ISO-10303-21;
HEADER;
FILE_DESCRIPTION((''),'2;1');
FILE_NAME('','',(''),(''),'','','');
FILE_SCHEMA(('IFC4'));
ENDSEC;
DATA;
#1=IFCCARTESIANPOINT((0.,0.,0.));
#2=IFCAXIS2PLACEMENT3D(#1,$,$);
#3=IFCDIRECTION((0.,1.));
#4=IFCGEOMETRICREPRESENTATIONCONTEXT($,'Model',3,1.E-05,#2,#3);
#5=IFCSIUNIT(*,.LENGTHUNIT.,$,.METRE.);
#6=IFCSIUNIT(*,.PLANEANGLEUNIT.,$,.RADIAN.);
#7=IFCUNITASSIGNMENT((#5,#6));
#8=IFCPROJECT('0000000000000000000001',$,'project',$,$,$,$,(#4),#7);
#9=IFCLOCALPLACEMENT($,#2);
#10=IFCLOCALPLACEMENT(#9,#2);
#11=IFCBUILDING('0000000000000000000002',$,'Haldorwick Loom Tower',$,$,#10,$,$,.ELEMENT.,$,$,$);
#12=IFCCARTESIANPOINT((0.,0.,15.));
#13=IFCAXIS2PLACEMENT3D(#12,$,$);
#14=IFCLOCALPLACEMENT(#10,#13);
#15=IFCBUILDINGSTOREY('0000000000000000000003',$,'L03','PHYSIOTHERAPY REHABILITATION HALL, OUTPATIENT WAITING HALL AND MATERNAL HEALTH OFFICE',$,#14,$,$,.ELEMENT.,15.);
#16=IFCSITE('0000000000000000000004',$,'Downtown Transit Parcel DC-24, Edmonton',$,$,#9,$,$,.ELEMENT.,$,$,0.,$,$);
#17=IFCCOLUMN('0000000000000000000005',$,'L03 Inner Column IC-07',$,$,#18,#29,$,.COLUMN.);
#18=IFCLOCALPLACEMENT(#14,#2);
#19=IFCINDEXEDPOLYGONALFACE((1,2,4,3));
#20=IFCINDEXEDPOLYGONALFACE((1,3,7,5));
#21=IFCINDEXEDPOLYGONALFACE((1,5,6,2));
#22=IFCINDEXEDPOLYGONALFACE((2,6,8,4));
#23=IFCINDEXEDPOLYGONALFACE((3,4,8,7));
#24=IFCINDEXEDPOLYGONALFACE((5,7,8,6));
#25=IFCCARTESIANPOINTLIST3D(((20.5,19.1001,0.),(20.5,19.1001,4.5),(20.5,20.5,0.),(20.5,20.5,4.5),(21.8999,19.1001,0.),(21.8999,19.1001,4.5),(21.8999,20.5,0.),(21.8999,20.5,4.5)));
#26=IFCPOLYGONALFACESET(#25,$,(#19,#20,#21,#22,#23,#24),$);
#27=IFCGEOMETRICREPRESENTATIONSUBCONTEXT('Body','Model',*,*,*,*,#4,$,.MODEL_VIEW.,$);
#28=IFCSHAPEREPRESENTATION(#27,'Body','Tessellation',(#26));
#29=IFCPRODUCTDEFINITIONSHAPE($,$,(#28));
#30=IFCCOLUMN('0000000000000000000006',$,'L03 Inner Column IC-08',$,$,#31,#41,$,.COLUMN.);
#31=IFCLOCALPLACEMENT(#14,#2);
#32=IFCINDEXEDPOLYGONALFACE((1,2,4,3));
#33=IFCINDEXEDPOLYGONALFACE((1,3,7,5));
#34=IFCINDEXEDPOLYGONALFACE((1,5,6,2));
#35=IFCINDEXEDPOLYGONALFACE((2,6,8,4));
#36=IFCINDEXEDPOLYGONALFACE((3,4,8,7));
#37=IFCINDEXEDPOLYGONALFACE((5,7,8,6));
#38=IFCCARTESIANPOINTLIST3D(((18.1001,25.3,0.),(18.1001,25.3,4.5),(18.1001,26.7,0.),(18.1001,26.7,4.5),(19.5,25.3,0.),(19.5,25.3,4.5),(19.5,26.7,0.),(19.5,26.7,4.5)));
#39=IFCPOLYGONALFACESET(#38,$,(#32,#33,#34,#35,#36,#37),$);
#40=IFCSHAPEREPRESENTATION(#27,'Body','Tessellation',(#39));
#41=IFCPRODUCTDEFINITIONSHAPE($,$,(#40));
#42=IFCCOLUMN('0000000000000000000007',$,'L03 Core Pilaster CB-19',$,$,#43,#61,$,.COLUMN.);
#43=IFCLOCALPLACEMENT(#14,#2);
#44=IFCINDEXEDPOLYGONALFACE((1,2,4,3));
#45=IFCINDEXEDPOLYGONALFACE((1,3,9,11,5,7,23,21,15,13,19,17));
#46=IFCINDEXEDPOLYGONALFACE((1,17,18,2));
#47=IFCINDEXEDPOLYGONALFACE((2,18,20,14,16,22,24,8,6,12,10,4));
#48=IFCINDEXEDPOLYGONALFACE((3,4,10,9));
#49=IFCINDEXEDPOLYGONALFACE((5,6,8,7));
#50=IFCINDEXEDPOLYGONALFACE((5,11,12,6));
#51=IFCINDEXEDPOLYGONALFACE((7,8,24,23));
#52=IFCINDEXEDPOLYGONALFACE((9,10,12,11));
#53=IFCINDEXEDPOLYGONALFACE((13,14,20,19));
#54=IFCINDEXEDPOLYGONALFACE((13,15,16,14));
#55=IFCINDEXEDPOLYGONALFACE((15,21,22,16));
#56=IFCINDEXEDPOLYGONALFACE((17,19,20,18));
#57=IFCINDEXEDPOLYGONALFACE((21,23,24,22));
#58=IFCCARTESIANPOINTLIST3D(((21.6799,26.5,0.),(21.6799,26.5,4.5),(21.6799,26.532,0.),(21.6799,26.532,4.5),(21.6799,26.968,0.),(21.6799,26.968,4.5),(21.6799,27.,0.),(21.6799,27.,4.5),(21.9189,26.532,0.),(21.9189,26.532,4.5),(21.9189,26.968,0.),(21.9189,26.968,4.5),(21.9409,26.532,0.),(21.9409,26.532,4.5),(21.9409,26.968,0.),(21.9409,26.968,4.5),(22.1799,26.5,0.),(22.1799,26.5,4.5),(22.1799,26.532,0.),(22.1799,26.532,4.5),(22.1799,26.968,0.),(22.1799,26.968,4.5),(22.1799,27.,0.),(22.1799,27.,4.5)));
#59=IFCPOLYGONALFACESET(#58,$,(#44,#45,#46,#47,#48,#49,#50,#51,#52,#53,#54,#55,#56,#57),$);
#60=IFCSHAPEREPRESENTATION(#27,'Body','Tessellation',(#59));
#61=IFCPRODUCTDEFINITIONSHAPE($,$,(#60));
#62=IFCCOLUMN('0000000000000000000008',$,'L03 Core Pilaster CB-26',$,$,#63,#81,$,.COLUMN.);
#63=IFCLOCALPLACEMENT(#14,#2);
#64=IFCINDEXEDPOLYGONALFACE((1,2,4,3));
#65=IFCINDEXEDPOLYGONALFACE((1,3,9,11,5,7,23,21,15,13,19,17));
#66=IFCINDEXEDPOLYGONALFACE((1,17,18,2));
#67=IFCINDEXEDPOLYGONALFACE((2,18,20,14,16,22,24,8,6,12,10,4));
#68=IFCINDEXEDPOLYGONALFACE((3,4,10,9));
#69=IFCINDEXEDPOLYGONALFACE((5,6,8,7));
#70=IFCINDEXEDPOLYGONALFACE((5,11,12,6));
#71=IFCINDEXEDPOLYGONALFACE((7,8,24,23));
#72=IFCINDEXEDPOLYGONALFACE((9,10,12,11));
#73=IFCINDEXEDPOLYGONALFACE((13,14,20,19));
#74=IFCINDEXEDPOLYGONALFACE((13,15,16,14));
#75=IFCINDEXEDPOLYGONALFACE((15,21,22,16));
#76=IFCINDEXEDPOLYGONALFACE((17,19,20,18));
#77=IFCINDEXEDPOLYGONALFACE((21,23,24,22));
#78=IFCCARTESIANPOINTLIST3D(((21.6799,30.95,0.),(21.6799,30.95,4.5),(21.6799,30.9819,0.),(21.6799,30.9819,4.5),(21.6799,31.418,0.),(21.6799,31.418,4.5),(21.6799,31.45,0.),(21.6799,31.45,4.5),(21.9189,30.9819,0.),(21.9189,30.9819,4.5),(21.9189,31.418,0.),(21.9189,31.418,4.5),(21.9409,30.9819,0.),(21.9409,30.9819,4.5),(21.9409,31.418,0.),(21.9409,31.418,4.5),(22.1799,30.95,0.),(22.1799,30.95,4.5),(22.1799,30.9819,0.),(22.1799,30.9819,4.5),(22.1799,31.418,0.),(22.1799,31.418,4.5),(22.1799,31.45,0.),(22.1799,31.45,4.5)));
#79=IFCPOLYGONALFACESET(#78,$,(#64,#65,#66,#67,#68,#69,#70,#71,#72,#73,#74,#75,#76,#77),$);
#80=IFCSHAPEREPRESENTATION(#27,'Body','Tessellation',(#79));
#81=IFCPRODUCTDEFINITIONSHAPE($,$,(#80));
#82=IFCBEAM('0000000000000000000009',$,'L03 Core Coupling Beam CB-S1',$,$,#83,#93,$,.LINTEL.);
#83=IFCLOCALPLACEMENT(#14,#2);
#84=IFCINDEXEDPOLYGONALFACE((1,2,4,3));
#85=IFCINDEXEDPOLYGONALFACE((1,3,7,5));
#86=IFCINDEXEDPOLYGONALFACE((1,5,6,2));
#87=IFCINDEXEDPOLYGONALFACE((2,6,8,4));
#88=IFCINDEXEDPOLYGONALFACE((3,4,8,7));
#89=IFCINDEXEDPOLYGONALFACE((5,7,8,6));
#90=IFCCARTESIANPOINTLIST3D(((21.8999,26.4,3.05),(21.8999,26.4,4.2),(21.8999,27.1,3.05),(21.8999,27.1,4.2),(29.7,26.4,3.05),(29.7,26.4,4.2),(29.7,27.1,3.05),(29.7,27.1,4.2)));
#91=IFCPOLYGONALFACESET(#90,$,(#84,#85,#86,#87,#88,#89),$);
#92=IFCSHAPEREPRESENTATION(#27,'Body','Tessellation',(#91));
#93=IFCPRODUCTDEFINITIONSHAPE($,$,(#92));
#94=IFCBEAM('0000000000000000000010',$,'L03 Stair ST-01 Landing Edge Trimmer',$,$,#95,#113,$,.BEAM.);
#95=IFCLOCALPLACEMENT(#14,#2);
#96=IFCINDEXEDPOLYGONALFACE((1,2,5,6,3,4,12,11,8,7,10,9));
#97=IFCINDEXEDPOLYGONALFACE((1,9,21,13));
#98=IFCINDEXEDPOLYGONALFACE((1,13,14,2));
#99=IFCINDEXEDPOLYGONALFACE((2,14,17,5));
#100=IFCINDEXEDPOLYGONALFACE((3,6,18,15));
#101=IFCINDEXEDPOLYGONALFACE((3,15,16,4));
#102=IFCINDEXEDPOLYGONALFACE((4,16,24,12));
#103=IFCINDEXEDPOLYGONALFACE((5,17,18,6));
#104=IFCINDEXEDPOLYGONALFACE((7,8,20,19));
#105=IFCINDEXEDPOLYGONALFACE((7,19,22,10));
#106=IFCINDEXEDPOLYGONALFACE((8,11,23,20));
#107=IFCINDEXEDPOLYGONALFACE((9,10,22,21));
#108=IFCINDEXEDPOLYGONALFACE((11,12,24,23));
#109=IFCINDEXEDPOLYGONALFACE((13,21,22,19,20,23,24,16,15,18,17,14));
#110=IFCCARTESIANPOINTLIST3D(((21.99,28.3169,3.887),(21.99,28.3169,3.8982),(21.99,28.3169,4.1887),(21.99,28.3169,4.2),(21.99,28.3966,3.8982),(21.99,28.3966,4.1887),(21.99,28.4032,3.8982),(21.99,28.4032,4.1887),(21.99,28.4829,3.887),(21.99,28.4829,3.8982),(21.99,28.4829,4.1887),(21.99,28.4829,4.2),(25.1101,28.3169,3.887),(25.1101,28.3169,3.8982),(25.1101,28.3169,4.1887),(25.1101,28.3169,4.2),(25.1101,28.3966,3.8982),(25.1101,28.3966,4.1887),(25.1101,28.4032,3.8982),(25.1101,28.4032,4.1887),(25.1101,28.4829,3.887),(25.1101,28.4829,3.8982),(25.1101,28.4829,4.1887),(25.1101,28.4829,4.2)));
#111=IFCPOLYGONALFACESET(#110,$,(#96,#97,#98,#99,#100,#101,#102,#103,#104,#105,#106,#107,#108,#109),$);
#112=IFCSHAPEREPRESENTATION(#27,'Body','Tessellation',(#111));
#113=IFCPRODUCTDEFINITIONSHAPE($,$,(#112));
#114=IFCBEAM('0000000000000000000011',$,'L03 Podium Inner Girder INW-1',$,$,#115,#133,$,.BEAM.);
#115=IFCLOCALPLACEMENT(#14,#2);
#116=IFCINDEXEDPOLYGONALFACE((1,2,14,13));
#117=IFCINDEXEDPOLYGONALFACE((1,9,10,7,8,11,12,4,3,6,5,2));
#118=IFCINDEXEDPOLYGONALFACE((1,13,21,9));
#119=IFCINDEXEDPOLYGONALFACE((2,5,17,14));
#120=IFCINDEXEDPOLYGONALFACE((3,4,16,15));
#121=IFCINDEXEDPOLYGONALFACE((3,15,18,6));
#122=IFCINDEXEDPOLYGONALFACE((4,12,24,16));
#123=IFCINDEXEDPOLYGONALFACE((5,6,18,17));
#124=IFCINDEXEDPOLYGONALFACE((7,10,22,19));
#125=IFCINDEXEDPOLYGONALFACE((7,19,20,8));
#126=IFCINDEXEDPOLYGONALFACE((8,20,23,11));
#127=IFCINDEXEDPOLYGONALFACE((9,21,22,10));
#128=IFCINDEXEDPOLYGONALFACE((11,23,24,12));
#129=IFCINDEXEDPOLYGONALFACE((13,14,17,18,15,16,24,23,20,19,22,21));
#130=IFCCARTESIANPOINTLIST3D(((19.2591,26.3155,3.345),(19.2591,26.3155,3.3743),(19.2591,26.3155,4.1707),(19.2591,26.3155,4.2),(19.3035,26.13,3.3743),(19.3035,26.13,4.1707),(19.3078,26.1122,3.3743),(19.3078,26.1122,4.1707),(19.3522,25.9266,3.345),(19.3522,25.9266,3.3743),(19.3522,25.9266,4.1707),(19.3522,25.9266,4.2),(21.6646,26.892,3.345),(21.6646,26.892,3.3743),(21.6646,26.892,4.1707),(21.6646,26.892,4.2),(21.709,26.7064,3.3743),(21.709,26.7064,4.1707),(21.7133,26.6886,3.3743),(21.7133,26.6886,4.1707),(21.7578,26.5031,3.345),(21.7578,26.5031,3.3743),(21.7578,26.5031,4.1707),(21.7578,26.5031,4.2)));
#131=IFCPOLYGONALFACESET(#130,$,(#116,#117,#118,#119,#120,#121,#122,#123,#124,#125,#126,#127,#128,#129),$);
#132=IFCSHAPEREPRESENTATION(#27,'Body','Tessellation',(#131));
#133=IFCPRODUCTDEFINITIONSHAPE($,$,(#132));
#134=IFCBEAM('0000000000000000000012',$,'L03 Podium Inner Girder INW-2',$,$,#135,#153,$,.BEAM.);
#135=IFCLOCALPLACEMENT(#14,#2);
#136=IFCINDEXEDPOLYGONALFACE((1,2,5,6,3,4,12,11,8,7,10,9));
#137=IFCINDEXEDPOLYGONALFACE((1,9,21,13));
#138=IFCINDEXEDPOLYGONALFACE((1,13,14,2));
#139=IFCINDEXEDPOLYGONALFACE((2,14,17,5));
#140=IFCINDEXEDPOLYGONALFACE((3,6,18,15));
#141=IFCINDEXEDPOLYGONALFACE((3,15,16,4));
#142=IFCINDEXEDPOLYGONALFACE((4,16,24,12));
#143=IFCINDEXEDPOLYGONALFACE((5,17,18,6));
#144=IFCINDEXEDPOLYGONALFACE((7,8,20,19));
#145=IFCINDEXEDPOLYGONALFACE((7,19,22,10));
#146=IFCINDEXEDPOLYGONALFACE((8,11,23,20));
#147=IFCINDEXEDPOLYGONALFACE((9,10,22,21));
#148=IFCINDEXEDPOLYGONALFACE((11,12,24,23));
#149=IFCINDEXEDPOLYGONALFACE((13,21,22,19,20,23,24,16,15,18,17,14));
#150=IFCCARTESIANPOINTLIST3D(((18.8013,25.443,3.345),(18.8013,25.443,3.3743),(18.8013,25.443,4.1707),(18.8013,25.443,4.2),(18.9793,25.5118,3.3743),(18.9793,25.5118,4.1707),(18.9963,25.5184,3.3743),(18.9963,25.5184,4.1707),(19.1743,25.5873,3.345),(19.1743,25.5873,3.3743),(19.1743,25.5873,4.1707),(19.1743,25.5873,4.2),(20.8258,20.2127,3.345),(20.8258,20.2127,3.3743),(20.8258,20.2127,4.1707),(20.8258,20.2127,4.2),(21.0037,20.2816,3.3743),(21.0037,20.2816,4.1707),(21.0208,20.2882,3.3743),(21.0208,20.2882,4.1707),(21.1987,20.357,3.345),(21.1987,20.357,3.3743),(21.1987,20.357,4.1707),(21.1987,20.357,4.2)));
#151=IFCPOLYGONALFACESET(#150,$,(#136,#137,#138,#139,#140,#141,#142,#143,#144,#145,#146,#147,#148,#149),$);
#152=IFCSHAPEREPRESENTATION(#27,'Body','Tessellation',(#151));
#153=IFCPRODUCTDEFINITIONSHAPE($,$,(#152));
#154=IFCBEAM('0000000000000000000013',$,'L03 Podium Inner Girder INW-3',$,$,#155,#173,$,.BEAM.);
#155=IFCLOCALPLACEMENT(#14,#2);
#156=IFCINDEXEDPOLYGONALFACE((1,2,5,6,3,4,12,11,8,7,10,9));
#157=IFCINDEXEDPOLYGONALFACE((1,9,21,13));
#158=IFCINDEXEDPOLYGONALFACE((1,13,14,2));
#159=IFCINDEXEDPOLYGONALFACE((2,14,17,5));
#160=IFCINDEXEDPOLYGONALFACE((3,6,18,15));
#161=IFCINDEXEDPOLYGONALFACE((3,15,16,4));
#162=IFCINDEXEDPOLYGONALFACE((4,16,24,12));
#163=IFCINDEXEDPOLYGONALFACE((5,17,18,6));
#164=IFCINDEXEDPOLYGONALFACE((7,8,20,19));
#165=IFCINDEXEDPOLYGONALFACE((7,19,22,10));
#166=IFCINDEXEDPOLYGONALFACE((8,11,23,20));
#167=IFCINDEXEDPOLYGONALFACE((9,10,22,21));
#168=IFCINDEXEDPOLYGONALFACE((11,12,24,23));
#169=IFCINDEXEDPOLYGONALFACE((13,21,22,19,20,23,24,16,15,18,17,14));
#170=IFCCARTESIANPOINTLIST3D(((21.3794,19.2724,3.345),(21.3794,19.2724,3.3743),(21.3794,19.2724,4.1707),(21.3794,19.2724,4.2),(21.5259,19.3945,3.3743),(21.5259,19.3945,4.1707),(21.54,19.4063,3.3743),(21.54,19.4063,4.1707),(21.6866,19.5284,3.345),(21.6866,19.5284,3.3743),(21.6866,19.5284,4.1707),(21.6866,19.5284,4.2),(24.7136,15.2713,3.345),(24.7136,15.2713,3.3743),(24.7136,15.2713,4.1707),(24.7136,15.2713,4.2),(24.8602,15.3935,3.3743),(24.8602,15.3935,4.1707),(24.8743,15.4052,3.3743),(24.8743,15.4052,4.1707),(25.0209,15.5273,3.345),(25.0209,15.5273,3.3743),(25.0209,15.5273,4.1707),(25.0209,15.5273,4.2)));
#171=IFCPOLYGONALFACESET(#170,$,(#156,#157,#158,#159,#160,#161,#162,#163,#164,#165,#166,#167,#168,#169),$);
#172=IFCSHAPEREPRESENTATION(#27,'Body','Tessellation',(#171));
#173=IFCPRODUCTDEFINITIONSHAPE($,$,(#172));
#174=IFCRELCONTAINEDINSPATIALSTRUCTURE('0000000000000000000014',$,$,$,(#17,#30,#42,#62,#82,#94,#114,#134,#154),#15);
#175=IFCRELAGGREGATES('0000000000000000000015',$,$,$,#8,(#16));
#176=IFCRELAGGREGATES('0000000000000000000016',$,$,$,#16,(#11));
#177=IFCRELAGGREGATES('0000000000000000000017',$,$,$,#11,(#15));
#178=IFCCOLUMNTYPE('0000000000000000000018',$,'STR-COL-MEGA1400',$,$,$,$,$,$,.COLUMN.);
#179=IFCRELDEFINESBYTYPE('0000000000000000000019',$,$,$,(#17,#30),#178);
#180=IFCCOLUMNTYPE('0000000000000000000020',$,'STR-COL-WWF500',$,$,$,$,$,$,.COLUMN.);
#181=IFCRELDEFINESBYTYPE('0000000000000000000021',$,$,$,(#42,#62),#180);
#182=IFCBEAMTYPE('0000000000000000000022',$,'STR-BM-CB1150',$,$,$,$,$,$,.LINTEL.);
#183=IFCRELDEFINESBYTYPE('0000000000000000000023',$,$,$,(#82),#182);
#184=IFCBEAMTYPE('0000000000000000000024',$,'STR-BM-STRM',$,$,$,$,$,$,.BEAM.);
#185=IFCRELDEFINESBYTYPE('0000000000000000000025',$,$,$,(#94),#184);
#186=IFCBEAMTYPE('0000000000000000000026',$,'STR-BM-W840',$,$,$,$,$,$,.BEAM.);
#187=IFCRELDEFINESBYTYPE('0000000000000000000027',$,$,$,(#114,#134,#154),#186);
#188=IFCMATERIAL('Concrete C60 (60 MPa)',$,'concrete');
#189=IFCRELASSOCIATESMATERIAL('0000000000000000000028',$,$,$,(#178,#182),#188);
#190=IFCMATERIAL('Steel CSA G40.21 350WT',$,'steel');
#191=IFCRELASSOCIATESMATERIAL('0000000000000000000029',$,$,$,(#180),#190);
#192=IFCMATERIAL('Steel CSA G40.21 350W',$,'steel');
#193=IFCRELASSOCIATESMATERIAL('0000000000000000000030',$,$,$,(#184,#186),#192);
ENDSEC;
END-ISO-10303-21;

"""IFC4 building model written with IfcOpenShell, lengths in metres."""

from ifc_helpers import new_model, si_unit, direction, frame, origin, origin_2d, place, context, subcontext, project, spatial, rectangle, i_section, extrude, material, material_profile, profile_set, type_object, element, save


model = new_model("IFC4")

# Units and contexts
model_context = context("Model", 3, precision=1e-05, world=origin(), true_north=direction((0.0, 1.0)))
body_context = subcontext(model_context, "Body", "Model", "MODEL_VIEW")
ifc_project = project(units=[si_unit("LENGTHUNIT", "METRE"), si_unit("PLANEANGLEUNIT", "RADIAN")], contexts=[model_context])

# Site, building, storey
site_placement = place(None, origin())
site = spatial("IfcSite", under=ifc_project, at=site_placement, Name="Downtown Transit Parcel DC-24, Edmonton", CompositionType="ELEMENT", RefElevation=0.0)
building_placement = place(site_placement, origin())
building = spatial("IfcBuilding", under=site, at=building_placement, Name="Haldorwick Loom Tower", CompositionType="ELEMENT")
storey_placement = place(building_placement, frame((0.0, 0.0, 15.0)))
storey = spatial("IfcBuildingStorey", under=building, at=storey_placement, Name="L03", Description="PHYSIOTHERAPY REHABILITATION HALL, OUTPATIENT WAITING HALL AND MATERNAL HEALTH OFFICE", CompositionType="ELEMENT", Elevation=15.0)

# Columns
ifc_material_1 = material(Name="Concrete C60 (60 MPa)", Category="concrete")
ifc_material_profile_1 = material_profile(ifc_material_1, rectangle(XDim=1.3999, YDim=1.3999, at=origin_2d()), Name="RC1400X1400", Category="concrete")
ifc_profile_set_1 = profile_set([ifc_material_profile_1], Name="Concrete C60 (60 MPa)")
column_type_1 = type_object("IfcColumnType", Name="STR-COL-MEGA1400", PredefinedType="COLUMN", material=ifc_profile_set_1)
for number, where, z_axis, x_axis, name in (
    (1, (21.2, 19.8, 0.0), (0.0, 0.0, 1.0), (1.0, 0.0, 0.0), "L03 Inner Column IC-07"),
    (2, (18.8, 26.0, 0.0), (0.0, 0.0, 1.0), (1.0, 0.0, 0.0), "L03 Inner Column IC-08"),
):
    element("IfcColumn", number, at=place(storey_placement, frame(where, z_axis=z_axis, x_axis=x_axis)), inside=storey, type_object=column_type_1, Name=name, PredefinedType="COLUMN", context=body_context, shape_type="SweptSolid", body=[
        extrude(rectangle(XDim=1.3999, YDim=1.3999, at=origin_2d()), origin(), (0.0, 0.0, 1.0), 4.5),
    ])
ifc_material_2 = material(Name="Steel CSA G40.21 350WT", Category="steel")
ifc_material_profile_2 = material_profile(ifc_material_2, i_section(OverallWidth=0.5, OverallDepth=0.5, WebThickness=0.022, FlangeThickness=0.032, at=origin_2d()), Name="WWF500X500", Category="steel")
ifc_profile_set_2 = profile_set([ifc_material_profile_2], Name="Steel CSA G40.21 350WT")
column_type_2 = type_object("IfcColumnType", Name="STR-COL-WWF500", PredefinedType="COLUMN", material=ifc_profile_set_2)
for number, where, z_axis, x_axis, name in (
    (3, (21.9299, 26.75, 0.0), (0.0, 0.0, 1.0), (1.0, 0.0, 0.0), "L03 Core Pilaster CB-19"),
    (4, (21.9299, 31.2, 0.0), (0.0, 0.0, 1.0), (1.0, 0.0, 0.0), "L03 Core Pilaster CB-26"),
):
    element("IfcColumn", number, at=place(storey_placement, frame(where, z_axis=z_axis, x_axis=x_axis)), inside=storey, type_object=column_type_2, Name=name, PredefinedType="COLUMN", context=body_context, shape_type="SweptSolid", body=[
        extrude(i_section(OverallWidth=0.5, OverallDepth=0.5, WebThickness=0.022, FlangeThickness=0.032, at=origin_2d()), origin(), (0.0, 0.0, 1.0), 4.5),
    ])

# Beams
ifc_material_profile_3 = material_profile(ifc_material_1, rectangle(XDim=0.7, YDim=1.1499, at=origin_2d()), Name="RC700X1150", Category="concrete")
ifc_profile_set_3 = profile_set([ifc_material_profile_3], Name="Concrete C60 (60 MPa)")
beam_type_1 = type_object("IfcBeamType", Name="STR-BM-CB1150", PredefinedType="LINTEL", material=ifc_profile_set_3)
beam_1_placement = place(storey_placement, frame((21.8999, 26.75, 3.625), z_axis=(1.0, 0.0, 0.0), x_axis=(0.0, 1.0, 0.0)))
element("IfcBeam", 5, at=beam_1_placement, inside=storey, type_object=beam_type_1, Name="L03 Core Coupling Beam CB-S1", PredefinedType="LINTEL", context=body_context, shape_type="SweptSolid", body=[
    extrude(rectangle(XDim=0.7, YDim=1.1499, at=origin_2d()), origin(), (0.0, 0.0, 1.0), 7.8),
])
ifc_material_3 = material(Name="Steel CSA G40.21 350W", Category="steel")
ifc_material_profile_4 = material_profile(ifc_material_3, i_section(OverallWidth=0.166, OverallDepth=0.313, WebThickness=0.0066, FlangeThickness=0.0112, at=origin_2d()), Name="W310X45", Category="steel")
ifc_profile_set_4 = profile_set([ifc_material_profile_4], Name="Steel CSA G40.21 350W")
beam_type_2 = type_object("IfcBeamType", Name="STR-BM-STRM", PredefinedType="BEAM", material=ifc_profile_set_4)
beam_2_placement = place(storey_placement, frame((21.99, 28.3999, 4.0435), z_axis=(1.0, 0.0, 0.0), x_axis=(0.0, 1.0, 0.0)))
element("IfcBeam", 6, at=beam_2_placement, inside=storey, type_object=beam_type_2, Name="L03 Stair ST-01 Landing Edge Trimmer", PredefinedType="BEAM", context=body_context, shape_type="SweptSolid", body=[
    extrude(i_section(OverallWidth=0.166, OverallDepth=0.313, WebThickness=0.0066, FlangeThickness=0.0112, at=origin_2d()), origin(), (0.0, 0.0, 1.0), 3.1201),
])
ifc_material_profile_5 = material_profile(ifc_material_3, i_section(OverallWidth=0.3999, OverallDepth=0.855, WebThickness=0.0183, FlangeThickness=0.0293, at=origin_2d()), Name="W840X299", Category="steel")
ifc_profile_set_5 = profile_set([ifc_material_profile_5], Name="Steel CSA G40.21 350W")
beam_type_3 = type_object("IfcBeamType", Name="STR-BM-W840", PredefinedType="BEAM", material=ifc_profile_set_5)
beam_3_placement = place(storey_placement, frame((21.7112, 26.6975, 3.7725), z_axis=(-0.972471, -0.233026, 0.0), x_axis=(0.233026, -0.972471, 0.0)))
element("IfcBeam", 7, at=beam_3_placement, inside=storey, type_object=beam_type_3, Name="L03 Podium Inner Girder INW-1", PredefinedType="BEAM", context=body_context, shape_type="SweptSolid", body=[
    extrude(i_section(OverallWidth=0.3999, OverallDepth=0.855, WebThickness=0.0183, FlangeThickness=0.0293, at=origin_2d()), origin(), (0.0, 0.0, 1.0), 2.4736),
])
beam_4_placement = place(storey_placement, frame((18.9878, 25.5151, 3.7725), z_axis=(0.360965, -0.932579, 0.0), x_axis=(0.932579, 0.360965, 0.0)))
element("IfcBeam", 8, at=beam_4_placement, inside=storey, type_object=beam_type_3, Name="L03 Podium Inner Girder INW-2", PredefinedType="BEAM", context=body_context, shape_type="SweptSolid", body=[
    extrude(i_section(OverallWidth=0.3999, OverallDepth=0.855, WebThickness=0.0183, FlangeThickness=0.0293, at=origin_2d()), origin(), (0.0, 0.0, 1.0), 5.6084),
])
beam_5_placement = place(storey_placement, frame((21.533, 19.4004, 3.7725), z_axis=(0.640194, -0.768214, 0.0), x_axis=(0.768214, 0.640194, 0.0)))
element("IfcBeam", 9, at=beam_5_placement, inside=storey, type_object=beam_type_3, Name="L03 Podium Inner Girder INW-3", PredefinedType="BEAM", context=body_context, shape_type="SweptSolid", body=[
    extrude(i_section(OverallWidth=0.3999, OverallDepth=0.855, WebThickness=0.0183, FlangeThickness=0.0293, at=origin_2d()), origin(), (0.0, 0.0, 1.0), 5.2083),
])

save(model, "model.ifc")
